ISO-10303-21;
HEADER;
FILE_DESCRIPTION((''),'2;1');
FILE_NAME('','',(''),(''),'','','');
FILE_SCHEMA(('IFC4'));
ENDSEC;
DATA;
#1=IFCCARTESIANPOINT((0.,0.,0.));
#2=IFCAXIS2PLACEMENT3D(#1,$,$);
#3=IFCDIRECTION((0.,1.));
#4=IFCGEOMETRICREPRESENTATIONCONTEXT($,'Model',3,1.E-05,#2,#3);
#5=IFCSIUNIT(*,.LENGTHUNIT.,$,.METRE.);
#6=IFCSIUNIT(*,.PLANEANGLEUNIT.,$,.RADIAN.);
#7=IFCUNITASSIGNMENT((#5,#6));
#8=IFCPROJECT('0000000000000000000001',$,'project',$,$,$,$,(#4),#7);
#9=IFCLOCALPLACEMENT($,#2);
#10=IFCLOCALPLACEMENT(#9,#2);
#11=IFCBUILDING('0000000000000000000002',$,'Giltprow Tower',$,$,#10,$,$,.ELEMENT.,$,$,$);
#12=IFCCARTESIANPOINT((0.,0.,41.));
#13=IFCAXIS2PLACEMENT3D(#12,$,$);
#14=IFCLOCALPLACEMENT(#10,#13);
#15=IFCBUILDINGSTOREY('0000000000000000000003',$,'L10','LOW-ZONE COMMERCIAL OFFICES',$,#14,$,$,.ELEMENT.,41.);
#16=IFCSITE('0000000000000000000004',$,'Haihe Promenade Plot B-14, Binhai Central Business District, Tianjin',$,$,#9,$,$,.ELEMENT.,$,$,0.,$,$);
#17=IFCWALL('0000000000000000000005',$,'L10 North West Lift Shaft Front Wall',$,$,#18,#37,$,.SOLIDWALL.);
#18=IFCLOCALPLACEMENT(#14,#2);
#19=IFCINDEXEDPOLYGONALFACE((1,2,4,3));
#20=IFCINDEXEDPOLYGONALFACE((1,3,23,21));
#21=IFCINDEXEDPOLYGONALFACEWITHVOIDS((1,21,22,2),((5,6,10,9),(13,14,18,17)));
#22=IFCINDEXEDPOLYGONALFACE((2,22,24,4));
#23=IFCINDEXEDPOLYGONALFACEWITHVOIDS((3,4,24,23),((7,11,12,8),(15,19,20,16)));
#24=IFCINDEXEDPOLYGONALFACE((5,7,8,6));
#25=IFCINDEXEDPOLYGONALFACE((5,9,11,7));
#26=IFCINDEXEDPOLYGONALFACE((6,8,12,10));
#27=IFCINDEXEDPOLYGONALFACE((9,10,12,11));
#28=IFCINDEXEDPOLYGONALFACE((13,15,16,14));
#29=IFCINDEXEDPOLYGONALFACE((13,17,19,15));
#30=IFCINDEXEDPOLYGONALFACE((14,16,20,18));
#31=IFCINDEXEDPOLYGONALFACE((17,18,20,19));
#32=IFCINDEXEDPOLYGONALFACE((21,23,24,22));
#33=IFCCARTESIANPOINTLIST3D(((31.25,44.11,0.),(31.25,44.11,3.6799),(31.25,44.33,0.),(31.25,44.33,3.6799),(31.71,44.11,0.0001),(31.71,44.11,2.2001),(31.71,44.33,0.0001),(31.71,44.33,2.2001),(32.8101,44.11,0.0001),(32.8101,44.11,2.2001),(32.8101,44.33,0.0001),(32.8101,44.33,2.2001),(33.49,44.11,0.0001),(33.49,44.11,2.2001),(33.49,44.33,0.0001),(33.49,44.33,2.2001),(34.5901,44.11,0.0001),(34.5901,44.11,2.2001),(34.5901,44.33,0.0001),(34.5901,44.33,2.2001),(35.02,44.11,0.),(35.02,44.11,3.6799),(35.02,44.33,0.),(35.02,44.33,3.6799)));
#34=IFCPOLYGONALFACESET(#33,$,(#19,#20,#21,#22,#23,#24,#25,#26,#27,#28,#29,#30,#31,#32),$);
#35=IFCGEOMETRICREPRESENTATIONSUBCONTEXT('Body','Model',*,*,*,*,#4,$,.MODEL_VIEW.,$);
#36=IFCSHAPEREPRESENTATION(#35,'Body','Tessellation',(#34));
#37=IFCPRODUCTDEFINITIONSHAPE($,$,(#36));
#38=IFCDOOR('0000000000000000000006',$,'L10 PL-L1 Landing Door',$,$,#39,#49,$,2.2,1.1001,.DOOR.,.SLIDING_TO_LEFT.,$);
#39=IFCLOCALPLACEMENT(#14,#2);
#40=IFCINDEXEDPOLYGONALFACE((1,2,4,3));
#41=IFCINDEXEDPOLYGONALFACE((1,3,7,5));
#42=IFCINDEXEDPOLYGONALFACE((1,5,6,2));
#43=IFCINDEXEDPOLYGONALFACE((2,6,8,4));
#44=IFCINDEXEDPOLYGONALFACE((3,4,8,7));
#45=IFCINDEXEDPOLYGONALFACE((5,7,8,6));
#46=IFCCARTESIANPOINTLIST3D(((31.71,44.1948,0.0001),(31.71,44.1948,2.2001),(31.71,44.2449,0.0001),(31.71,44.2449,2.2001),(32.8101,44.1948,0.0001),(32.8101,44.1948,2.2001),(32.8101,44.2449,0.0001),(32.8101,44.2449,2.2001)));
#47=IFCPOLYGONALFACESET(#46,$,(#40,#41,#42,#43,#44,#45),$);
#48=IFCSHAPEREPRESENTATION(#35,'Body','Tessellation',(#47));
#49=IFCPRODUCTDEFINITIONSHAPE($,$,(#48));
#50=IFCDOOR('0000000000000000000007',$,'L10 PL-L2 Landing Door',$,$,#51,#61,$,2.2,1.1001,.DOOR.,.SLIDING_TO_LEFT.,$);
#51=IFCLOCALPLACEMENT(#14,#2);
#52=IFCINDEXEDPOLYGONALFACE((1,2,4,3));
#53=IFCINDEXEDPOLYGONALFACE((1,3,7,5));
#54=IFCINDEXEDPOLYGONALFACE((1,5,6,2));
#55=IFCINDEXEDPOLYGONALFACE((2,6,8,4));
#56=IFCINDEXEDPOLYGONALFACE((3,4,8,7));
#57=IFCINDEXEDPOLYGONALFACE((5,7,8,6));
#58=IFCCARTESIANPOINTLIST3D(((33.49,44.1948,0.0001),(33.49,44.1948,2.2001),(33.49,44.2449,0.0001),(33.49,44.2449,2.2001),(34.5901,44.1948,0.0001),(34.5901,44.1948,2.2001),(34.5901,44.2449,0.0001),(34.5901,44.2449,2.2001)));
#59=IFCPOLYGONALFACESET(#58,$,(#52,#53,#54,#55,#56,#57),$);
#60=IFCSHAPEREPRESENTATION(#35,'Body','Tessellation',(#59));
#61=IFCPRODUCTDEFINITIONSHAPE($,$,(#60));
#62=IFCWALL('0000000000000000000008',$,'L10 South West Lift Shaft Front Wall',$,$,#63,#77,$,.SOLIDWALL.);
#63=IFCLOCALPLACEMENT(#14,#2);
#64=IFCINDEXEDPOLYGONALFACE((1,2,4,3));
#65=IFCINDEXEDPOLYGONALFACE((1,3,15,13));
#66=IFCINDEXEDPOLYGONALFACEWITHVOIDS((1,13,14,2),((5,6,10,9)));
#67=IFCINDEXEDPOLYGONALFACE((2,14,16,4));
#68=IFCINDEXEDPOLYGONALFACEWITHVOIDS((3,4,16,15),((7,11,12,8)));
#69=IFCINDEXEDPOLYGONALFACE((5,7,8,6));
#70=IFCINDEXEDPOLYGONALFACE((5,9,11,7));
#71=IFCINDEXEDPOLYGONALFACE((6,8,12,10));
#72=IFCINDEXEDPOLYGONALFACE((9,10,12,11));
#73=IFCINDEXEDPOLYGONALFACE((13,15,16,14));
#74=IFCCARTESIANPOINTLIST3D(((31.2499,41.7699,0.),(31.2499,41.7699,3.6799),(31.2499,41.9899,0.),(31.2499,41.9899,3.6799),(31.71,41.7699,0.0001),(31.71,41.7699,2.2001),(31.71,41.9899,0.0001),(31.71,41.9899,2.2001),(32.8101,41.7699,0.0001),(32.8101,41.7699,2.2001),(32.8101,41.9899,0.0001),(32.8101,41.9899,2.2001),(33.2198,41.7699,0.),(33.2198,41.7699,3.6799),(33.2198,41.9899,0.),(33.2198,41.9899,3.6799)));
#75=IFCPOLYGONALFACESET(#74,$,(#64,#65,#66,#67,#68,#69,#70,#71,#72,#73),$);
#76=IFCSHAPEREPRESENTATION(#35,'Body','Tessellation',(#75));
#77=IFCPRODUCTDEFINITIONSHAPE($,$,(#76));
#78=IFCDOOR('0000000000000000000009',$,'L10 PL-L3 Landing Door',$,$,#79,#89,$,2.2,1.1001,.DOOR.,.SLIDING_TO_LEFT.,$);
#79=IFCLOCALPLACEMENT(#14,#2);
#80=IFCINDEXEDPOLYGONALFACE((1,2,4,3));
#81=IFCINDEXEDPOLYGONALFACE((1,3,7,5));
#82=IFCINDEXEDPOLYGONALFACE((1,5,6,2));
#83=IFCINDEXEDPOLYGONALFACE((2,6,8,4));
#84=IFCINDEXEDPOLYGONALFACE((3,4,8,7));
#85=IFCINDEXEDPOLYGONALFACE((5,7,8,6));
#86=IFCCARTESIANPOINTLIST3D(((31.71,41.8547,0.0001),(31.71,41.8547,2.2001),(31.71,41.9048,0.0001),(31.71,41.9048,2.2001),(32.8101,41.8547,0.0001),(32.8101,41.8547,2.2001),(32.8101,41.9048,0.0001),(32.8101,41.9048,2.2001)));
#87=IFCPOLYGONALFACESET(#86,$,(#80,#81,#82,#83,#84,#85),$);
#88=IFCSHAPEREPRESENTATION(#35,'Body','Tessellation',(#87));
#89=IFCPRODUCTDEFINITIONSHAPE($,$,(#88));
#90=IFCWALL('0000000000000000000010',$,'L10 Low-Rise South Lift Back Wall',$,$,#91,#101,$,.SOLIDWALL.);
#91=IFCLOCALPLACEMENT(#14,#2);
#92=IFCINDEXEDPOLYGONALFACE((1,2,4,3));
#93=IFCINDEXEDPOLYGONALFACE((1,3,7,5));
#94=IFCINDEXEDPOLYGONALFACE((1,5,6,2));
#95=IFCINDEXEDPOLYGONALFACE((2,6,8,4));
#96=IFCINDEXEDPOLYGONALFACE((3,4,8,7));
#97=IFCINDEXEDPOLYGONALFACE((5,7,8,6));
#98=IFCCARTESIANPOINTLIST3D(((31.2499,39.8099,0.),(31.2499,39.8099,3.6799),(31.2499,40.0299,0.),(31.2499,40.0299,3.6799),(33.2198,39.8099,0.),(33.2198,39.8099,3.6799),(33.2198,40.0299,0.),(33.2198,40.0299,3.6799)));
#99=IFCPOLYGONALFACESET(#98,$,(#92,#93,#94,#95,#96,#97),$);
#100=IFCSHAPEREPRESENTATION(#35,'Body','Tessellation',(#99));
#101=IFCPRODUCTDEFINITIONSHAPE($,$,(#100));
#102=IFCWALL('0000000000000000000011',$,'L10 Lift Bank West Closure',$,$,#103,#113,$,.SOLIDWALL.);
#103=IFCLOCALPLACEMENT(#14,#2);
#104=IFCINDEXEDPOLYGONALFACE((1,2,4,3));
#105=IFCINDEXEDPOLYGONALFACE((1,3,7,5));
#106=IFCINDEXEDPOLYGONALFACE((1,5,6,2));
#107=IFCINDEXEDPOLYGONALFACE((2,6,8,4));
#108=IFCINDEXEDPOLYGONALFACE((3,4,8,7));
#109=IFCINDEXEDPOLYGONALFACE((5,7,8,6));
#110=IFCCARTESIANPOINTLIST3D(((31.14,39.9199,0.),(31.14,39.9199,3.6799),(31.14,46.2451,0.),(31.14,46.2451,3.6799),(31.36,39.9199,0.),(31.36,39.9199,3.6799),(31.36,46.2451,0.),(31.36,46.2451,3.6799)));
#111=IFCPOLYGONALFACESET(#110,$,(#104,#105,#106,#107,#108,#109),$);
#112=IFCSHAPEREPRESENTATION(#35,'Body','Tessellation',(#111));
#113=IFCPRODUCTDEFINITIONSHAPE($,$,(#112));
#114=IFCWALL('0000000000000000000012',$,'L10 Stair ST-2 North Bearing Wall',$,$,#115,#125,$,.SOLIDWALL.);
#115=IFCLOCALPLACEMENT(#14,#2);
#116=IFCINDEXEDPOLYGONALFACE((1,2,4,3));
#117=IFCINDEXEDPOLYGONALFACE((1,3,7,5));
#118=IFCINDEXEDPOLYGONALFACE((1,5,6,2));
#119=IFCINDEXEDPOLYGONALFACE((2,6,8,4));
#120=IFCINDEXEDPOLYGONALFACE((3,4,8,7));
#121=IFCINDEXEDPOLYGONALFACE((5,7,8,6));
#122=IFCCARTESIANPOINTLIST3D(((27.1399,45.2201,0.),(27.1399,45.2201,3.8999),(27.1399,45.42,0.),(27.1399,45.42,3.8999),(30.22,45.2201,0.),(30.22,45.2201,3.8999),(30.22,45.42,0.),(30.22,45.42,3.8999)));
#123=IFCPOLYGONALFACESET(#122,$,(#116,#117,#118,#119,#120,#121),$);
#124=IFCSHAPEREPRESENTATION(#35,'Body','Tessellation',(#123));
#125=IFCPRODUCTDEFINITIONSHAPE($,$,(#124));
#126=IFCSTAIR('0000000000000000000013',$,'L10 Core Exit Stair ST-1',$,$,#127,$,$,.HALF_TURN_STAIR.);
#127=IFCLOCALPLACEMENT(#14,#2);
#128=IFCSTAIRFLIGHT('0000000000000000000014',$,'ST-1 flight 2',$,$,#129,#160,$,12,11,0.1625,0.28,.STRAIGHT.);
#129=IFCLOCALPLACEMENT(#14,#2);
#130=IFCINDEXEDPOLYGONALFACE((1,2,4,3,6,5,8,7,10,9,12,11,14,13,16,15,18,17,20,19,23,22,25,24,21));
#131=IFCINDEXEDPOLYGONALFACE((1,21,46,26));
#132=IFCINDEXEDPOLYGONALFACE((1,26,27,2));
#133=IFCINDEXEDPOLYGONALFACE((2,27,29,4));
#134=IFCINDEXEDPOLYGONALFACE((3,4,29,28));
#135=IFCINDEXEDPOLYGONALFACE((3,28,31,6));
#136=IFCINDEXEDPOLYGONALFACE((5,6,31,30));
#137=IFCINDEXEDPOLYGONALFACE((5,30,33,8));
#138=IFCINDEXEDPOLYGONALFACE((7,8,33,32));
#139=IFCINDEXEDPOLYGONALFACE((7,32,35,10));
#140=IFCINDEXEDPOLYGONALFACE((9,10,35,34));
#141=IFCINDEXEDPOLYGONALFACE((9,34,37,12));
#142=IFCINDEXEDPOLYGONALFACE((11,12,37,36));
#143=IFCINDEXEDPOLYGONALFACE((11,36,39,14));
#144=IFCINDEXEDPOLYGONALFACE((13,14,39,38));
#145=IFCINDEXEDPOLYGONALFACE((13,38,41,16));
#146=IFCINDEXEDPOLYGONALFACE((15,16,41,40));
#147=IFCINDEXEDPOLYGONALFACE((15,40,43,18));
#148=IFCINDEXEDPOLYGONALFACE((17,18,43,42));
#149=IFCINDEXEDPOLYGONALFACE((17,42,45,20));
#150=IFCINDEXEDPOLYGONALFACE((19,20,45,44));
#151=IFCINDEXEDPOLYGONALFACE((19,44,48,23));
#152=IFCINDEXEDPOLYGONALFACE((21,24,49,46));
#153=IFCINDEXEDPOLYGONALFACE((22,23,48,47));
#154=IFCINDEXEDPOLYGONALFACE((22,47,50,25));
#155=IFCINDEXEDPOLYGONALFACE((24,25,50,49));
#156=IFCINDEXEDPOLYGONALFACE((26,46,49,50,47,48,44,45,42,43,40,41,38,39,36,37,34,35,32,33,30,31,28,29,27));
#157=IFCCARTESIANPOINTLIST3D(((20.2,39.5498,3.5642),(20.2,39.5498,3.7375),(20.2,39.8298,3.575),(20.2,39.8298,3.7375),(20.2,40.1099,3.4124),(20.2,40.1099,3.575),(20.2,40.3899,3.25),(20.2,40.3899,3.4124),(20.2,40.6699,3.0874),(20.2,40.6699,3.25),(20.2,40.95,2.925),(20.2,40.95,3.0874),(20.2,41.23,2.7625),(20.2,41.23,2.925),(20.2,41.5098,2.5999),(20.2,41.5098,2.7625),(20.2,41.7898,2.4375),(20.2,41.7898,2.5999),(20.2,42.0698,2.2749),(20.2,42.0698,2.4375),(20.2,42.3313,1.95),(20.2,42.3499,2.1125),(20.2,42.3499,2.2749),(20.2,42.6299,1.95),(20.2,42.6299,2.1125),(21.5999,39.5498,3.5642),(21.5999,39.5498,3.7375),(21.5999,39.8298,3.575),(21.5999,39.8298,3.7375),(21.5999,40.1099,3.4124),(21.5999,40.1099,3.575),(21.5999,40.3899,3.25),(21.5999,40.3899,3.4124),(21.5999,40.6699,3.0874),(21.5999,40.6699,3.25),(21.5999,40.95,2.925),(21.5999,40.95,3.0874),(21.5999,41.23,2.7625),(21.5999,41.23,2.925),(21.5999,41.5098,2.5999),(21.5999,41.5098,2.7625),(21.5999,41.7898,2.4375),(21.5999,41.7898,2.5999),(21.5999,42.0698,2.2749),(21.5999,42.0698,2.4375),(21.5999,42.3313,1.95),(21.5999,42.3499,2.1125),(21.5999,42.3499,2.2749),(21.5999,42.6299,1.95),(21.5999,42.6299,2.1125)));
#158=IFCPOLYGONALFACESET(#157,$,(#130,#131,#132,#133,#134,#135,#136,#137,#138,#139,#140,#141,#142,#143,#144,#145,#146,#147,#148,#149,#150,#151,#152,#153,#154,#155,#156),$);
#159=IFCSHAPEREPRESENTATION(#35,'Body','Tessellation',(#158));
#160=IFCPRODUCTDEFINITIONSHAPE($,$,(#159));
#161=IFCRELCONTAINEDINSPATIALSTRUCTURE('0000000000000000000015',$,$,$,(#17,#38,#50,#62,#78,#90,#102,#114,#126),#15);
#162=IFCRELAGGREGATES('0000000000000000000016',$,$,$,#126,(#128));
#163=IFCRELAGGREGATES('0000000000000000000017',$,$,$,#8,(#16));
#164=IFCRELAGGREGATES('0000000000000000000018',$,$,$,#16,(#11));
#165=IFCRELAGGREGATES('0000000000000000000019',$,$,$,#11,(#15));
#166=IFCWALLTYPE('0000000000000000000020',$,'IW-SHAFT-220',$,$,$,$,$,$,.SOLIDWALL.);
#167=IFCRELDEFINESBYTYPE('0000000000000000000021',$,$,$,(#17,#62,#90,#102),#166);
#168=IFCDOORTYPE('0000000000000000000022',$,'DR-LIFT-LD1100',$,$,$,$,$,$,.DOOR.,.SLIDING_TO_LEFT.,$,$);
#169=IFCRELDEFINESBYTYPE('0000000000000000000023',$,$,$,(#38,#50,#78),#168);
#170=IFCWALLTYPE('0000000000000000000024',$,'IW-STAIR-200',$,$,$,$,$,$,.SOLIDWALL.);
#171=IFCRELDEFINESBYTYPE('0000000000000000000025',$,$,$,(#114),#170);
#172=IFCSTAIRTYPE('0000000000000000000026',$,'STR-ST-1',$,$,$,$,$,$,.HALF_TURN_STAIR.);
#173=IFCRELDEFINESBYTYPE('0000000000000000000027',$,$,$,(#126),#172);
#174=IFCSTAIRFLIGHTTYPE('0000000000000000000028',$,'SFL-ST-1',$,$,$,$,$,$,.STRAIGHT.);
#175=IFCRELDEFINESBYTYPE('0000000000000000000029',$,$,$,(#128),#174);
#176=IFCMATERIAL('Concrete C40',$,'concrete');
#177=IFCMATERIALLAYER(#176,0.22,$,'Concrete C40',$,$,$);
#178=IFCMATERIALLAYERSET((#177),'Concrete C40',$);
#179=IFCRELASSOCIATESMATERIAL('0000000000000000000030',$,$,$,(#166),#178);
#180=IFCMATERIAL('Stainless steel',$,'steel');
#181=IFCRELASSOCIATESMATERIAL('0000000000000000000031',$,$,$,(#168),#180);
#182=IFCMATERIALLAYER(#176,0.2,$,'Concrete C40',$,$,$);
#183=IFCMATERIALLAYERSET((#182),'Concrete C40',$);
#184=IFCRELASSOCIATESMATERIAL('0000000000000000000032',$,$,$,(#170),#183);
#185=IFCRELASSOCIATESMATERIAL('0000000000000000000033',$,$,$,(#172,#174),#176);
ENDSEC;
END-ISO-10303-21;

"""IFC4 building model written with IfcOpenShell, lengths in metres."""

from ifc_helpers import new_model, si_unit, direction, frame, frame_2d, origin, place, context, subcontext, project, spatial, polyline, rectangle, outline, extrude, source, transform, mapped, material, layer, layer_set, type_object, element, fill, aggregate, save


model = new_model("IFC4")

# Units and contexts
model_context = context("Model", 3, precision=1e-05, world=origin(), true_north=direction((0.0, 1.0)))
body_context = subcontext(model_context, "Body", "Model", "MODEL_VIEW")
ifc_project = project(units=[si_unit("LENGTHUNIT", "METRE"), si_unit("PLANEANGLEUNIT", "RADIAN")], contexts=[model_context])

# Site, building, storey
site_placement = place(None, origin())
site = spatial("IfcSite", under=ifc_project, at=site_placement, Name="Haihe Promenade Plot B-14, Binhai Central Business District, Tianjin", CompositionType="ELEMENT", RefElevation=0.0)
building_placement = place(site_placement, origin())
building = spatial("IfcBuilding", under=site, at=building_placement, Name="Giltprow Tower", CompositionType="ELEMENT")
storey_placement = place(building_placement, frame((0.0, 0.0, 41.0)))
storey = spatial("IfcBuildingStorey", under=building, at=storey_placement, Name="L10", Description="LOW-ZONE COMMERCIAL OFFICES", CompositionType="ELEMENT", Elevation=41.0)

# Shared definitions
ifc_material_1 = material(Name="Concrete C40", Category="concrete")
ifc_layer_1 = layer(ifc_material_1, 0.22, Name="Concrete C40")
ifc_layer_set_1 = layer_set([ifc_layer_1], Name="Concrete C40")
wall_type_1 = type_object("IfcWallType", Name="IW-SHAFT-220", PredefinedType="SOLIDWALL", material=ifc_layer_set_1)
ifc_material_2 = material(Name="Stainless steel", Category="steel")
door_type = type_object("IfcDoorType", Name="DR-LIFT-LD1100", OperationType="SLIDING_TO_LEFT", PredefinedType="DOOR", material=ifc_material_2)
shared_shape_1 = source(origin(), body_context, "Body", "SweptSolid", [
    extrude(rectangle(XDim=1.1001, YDim=2.2, at=frame_2d((0.55, 1.1001))), frame((0.0, 0.0249, 0.0), z_axis=(0.0, -1.0, 0.0), x_axis=(1.0, 0.0, 0.0)), (0.0, 0.0, 1.0), 0.05),
])

# Wall, openings, doors
wall_1_placement = place(storey_placement, frame((31.25, 44.22, 0.0), z_axis=(0.0, 0.0, 1.0), x_axis=(1.0, 0.0, 0.0)))
wall_1 = element("IfcWall", 1, at=wall_1_placement, inside=storey, type_object=wall_type_1, Name="L10 North West Lift Shaft Front Wall", PredefinedType="SOLIDWALL", context=body_context, shape_type="SweptSolid", body=[
    extrude(rectangle(XDim=3.77, YDim=0.22, at=frame_2d((1.885, 0.0))), origin(), (0.0, 0.0, 1.0), 3.6799),
])
opening_1_placement = place(wall_1_placement, frame((0.46, 0.0, 0.0)))
opening_1 = element("IfcOpeningElement", 2, at=opening_1_placement, cuts=wall_1, PredefinedType="OPENING", context=body_context, shape_type="SweptSolid", body=[
    extrude(rectangle(XDim=1.1001, YDim=2.2, at=frame_2d((0.55, 1.1001))), frame((0.0, 0.1199, 0.0), z_axis=(0.0, -1.0, 0.0), x_axis=(1.0, 0.0, 0.0)), (0.0, 0.0, 1.0), 0.24),
])
opening_2_placement = place(wall_1_placement, frame((2.24, 0.0, 0.0)))
opening_2 = element("IfcOpeningElement", 3, at=opening_2_placement, cuts=wall_1, PredefinedType="OPENING", context=body_context, shape_type="SweptSolid", body=[
    extrude(rectangle(XDim=1.1001, YDim=2.2, at=frame_2d((0.55, 1.1001))), frame((0.0, 0.1199, 0.0), z_axis=(0.0, -1.0, 0.0), x_axis=(1.0, 0.0, 0.0)), (0.0, 0.0, 1.0), 0.24),
])
door_1_placement = place(opening_1_placement, origin())
door_1 = element("IfcDoor", 4, at=door_1_placement, inside=storey, type_object=door_type, Name="L10 PL-L1 Landing Door", OperationType="SLIDING_TO_LEFT", OverallHeight=2.2, OverallWidth=1.1001, PredefinedType="DOOR", context=body_context, shape_type="MappedRepresentation", body=[
    mapped(shared_shape_1, transform((0.0, 0.0, 0.0), x_axis=(1.0, 0.0, 0.0), y_axis=(0.0, 1.0, 0.0), z_axis=(0.0, 0.0, 1.0), scale=1.0)),
])
fill(opening_1, door_1)
door_2_placement = place(opening_2_placement, origin())
door_2 = element("IfcDoor", 5, at=door_2_placement, inside=storey, type_object=door_type, Name="L10 PL-L2 Landing Door", OperationType="SLIDING_TO_LEFT", OverallHeight=2.2, OverallWidth=1.1001, PredefinedType="DOOR", context=body_context, shape_type="MappedRepresentation", body=[
    mapped(shared_shape_1, transform((0.0, 0.0, 0.0), x_axis=(1.0, 0.0, 0.0), y_axis=(0.0, 1.0, 0.0), z_axis=(0.0, 0.0, 1.0), scale=1.0)),
])
fill(opening_2, door_2)

# Wall, opening, door
wall_2_placement = place(storey_placement, frame((31.25, 41.8799, 0.0), z_axis=(0.0, 0.0, 1.0), x_axis=(1.0, 0.0, 0.0)))
wall_2 = element("IfcWall", 6, at=wall_2_placement, inside=storey, type_object=wall_type_1, Name="L10 South West Lift Shaft Front Wall", PredefinedType="SOLIDWALL", context=body_context, shape_type="SweptSolid", body=[
    extrude(rectangle(XDim=1.97, YDim=0.22, at=frame_2d((0.9849, 0.0))), origin(), (0.0, 0.0, 1.0), 3.6799),
])
opening_3_placement = place(wall_2_placement, frame((0.46, 0.0, 0.0)))
opening_3 = element("IfcOpeningElement", 7, at=opening_3_placement, cuts=wall_2, PredefinedType="OPENING", context=body_context, shape_type="SweptSolid", body=[
    extrude(rectangle(XDim=1.1001, YDim=2.2, at=frame_2d((0.55, 1.1001))), frame((0.0, 0.1199, 0.0), z_axis=(0.0, -1.0, 0.0), x_axis=(1.0, 0.0, 0.0)), (0.0, 0.0, 1.0), 0.24),
])
door_3_placement = place(opening_3_placement, origin())
door_3 = element("IfcDoor", 8, at=door_3_placement, inside=storey, type_object=door_type, Name="L10 PL-L3 Landing Door", OperationType="SLIDING_TO_LEFT", OverallHeight=2.2, OverallWidth=1.1001, PredefinedType="DOOR", context=body_context, shape_type="MappedRepresentation", body=[
    mapped(shared_shape_1, transform((0.0, 0.0, 0.0), x_axis=(1.0, 0.0, 0.0), y_axis=(0.0, 1.0, 0.0), z_axis=(0.0, 0.0, 1.0), scale=1.0)),
])
fill(opening_3, door_3)

# Walls
wall_3_placement = place(storey_placement, frame((31.25, 39.9199, 0.0), z_axis=(0.0, 0.0, 1.0), x_axis=(1.0, 0.0, 0.0)))
element("IfcWall", 9, at=wall_3_placement, inside=storey, type_object=wall_type_1, Name="L10 Low-Rise South Lift Back Wall", PredefinedType="SOLIDWALL", context=body_context, shape_type="SweptSolid", body=[
    extrude(rectangle(XDim=1.97, YDim=0.22, at=frame_2d((0.9849, 0.0))), origin(), (0.0, 0.0, 1.0), 3.6799),
])
wall_4_placement = place(storey_placement, frame((31.25, 39.9199, 0.0), z_axis=(0.0, 0.0, 1.0), x_axis=(0.0, 1.0, 0.0)))
element("IfcWall", 10, at=wall_4_placement, inside=storey, type_object=wall_type_1, Name="L10 Lift Bank West Closure", PredefinedType="SOLIDWALL", context=body_context, shape_type="SweptSolid", body=[
    extrude(rectangle(XDim=6.3252, YDim=0.22, at=frame_2d((3.1626, 0.0))), origin(), (0.0, 0.0, 1.0), 3.6799),
])
ifc_layer_2 = layer(ifc_material_1, 0.2, Name="Concrete C40")
ifc_layer_set_2 = layer_set([ifc_layer_2], Name="Concrete C40")
wall_type_2 = type_object("IfcWallType", Name="IW-STAIR-200", PredefinedType="SOLIDWALL", material=ifc_layer_set_2)
wall_5_placement = place(storey_placement, frame((27.1399, 45.3201, 0.0), z_axis=(0.0, 0.0, 1.0), x_axis=(1.0, 0.0, 0.0)))
element("IfcWall", 11, at=wall_5_placement, inside=storey, type_object=wall_type_2, Name="L10 Stair ST-2 North Bearing Wall", PredefinedType="SOLIDWALL", context=body_context, shape_type="SweptSolid", body=[
    extrude(rectangle(XDim=3.0801, YDim=0.2, at=frame_2d((1.54, 0.0))), origin(), (0.0, 0.0, 1.0), 3.8999),
])

# Stair, stair flight
stair_type_1 = type_object("IfcStairType", Name="STR-ST-1", PredefinedType="HALF_TURN_STAIR", material=ifc_material_1)
stair_1_placement = place(storey_placement, origin())
stair_1 = element("IfcStair", 12, at=stair_1_placement, inside=storey, type_object=stair_type_1, Name="L10 Core Exit Stair ST-1", PredefinedType="HALF_TURN_STAIR")
stair_flight_type_1 = type_object("IfcStairFlightType", Name="SFL-ST-1", PredefinedType="STRAIGHT", material=ifc_material_1)
stair_flight_1_placement = place(storey_placement, frame((20.8999, 42.6299, 1.95), z_axis=(0.0, 0.0, 1.0), x_axis=(0.0, -1.0, 0.0)))
stair_flight_1 = element("IfcStairFlight", 13, at=stair_flight_1_placement, type_object=stair_flight_type_1, Name="ST-1 flight 2", NumberOfRisers=12, NumberOfTreads=11, PredefinedType="STRAIGHT", RiserHeight=0.1625, TreadLength=0.28, context=body_context, shape_type="SweptSolid", body=[
    extrude(outline(polyline([(0.0, 0.0), (0.0, 0.1626), (0.28, 0.1626), (0.28, 0.325), (0.5601, 0.325), (0.5601, 0.4875), (0.8401, 0.4875), (0.8401, 0.6499), (1.1201, 0.6499), (1.1201, 0.8125), (1.3999, 0.8125), (1.3999, 0.9751), (1.6799, 0.9751), (1.6799, 1.1375), (1.96, 1.1375), (1.96, 1.3), (2.24, 1.3), (2.24, 1.4624), (2.52, 1.4624), (2.52, 1.625), (2.8, 1.625), (2.8, 1.7876), (3.0801, 1.7876), (3.0801, 1.95), (3.0801, 1.6143), (0.2986, 0.0), (0.0, 0.0)])), frame((0.0, 0.7, 0.0), z_axis=(0.0, -1.0, 0.0), x_axis=(1.0, 0.0, 0.0)), (0.0, 0.0, 1.0), 1.3999),
])
aggregate(stair_1, [stair_flight_1])

save(model, "model.ifc")
